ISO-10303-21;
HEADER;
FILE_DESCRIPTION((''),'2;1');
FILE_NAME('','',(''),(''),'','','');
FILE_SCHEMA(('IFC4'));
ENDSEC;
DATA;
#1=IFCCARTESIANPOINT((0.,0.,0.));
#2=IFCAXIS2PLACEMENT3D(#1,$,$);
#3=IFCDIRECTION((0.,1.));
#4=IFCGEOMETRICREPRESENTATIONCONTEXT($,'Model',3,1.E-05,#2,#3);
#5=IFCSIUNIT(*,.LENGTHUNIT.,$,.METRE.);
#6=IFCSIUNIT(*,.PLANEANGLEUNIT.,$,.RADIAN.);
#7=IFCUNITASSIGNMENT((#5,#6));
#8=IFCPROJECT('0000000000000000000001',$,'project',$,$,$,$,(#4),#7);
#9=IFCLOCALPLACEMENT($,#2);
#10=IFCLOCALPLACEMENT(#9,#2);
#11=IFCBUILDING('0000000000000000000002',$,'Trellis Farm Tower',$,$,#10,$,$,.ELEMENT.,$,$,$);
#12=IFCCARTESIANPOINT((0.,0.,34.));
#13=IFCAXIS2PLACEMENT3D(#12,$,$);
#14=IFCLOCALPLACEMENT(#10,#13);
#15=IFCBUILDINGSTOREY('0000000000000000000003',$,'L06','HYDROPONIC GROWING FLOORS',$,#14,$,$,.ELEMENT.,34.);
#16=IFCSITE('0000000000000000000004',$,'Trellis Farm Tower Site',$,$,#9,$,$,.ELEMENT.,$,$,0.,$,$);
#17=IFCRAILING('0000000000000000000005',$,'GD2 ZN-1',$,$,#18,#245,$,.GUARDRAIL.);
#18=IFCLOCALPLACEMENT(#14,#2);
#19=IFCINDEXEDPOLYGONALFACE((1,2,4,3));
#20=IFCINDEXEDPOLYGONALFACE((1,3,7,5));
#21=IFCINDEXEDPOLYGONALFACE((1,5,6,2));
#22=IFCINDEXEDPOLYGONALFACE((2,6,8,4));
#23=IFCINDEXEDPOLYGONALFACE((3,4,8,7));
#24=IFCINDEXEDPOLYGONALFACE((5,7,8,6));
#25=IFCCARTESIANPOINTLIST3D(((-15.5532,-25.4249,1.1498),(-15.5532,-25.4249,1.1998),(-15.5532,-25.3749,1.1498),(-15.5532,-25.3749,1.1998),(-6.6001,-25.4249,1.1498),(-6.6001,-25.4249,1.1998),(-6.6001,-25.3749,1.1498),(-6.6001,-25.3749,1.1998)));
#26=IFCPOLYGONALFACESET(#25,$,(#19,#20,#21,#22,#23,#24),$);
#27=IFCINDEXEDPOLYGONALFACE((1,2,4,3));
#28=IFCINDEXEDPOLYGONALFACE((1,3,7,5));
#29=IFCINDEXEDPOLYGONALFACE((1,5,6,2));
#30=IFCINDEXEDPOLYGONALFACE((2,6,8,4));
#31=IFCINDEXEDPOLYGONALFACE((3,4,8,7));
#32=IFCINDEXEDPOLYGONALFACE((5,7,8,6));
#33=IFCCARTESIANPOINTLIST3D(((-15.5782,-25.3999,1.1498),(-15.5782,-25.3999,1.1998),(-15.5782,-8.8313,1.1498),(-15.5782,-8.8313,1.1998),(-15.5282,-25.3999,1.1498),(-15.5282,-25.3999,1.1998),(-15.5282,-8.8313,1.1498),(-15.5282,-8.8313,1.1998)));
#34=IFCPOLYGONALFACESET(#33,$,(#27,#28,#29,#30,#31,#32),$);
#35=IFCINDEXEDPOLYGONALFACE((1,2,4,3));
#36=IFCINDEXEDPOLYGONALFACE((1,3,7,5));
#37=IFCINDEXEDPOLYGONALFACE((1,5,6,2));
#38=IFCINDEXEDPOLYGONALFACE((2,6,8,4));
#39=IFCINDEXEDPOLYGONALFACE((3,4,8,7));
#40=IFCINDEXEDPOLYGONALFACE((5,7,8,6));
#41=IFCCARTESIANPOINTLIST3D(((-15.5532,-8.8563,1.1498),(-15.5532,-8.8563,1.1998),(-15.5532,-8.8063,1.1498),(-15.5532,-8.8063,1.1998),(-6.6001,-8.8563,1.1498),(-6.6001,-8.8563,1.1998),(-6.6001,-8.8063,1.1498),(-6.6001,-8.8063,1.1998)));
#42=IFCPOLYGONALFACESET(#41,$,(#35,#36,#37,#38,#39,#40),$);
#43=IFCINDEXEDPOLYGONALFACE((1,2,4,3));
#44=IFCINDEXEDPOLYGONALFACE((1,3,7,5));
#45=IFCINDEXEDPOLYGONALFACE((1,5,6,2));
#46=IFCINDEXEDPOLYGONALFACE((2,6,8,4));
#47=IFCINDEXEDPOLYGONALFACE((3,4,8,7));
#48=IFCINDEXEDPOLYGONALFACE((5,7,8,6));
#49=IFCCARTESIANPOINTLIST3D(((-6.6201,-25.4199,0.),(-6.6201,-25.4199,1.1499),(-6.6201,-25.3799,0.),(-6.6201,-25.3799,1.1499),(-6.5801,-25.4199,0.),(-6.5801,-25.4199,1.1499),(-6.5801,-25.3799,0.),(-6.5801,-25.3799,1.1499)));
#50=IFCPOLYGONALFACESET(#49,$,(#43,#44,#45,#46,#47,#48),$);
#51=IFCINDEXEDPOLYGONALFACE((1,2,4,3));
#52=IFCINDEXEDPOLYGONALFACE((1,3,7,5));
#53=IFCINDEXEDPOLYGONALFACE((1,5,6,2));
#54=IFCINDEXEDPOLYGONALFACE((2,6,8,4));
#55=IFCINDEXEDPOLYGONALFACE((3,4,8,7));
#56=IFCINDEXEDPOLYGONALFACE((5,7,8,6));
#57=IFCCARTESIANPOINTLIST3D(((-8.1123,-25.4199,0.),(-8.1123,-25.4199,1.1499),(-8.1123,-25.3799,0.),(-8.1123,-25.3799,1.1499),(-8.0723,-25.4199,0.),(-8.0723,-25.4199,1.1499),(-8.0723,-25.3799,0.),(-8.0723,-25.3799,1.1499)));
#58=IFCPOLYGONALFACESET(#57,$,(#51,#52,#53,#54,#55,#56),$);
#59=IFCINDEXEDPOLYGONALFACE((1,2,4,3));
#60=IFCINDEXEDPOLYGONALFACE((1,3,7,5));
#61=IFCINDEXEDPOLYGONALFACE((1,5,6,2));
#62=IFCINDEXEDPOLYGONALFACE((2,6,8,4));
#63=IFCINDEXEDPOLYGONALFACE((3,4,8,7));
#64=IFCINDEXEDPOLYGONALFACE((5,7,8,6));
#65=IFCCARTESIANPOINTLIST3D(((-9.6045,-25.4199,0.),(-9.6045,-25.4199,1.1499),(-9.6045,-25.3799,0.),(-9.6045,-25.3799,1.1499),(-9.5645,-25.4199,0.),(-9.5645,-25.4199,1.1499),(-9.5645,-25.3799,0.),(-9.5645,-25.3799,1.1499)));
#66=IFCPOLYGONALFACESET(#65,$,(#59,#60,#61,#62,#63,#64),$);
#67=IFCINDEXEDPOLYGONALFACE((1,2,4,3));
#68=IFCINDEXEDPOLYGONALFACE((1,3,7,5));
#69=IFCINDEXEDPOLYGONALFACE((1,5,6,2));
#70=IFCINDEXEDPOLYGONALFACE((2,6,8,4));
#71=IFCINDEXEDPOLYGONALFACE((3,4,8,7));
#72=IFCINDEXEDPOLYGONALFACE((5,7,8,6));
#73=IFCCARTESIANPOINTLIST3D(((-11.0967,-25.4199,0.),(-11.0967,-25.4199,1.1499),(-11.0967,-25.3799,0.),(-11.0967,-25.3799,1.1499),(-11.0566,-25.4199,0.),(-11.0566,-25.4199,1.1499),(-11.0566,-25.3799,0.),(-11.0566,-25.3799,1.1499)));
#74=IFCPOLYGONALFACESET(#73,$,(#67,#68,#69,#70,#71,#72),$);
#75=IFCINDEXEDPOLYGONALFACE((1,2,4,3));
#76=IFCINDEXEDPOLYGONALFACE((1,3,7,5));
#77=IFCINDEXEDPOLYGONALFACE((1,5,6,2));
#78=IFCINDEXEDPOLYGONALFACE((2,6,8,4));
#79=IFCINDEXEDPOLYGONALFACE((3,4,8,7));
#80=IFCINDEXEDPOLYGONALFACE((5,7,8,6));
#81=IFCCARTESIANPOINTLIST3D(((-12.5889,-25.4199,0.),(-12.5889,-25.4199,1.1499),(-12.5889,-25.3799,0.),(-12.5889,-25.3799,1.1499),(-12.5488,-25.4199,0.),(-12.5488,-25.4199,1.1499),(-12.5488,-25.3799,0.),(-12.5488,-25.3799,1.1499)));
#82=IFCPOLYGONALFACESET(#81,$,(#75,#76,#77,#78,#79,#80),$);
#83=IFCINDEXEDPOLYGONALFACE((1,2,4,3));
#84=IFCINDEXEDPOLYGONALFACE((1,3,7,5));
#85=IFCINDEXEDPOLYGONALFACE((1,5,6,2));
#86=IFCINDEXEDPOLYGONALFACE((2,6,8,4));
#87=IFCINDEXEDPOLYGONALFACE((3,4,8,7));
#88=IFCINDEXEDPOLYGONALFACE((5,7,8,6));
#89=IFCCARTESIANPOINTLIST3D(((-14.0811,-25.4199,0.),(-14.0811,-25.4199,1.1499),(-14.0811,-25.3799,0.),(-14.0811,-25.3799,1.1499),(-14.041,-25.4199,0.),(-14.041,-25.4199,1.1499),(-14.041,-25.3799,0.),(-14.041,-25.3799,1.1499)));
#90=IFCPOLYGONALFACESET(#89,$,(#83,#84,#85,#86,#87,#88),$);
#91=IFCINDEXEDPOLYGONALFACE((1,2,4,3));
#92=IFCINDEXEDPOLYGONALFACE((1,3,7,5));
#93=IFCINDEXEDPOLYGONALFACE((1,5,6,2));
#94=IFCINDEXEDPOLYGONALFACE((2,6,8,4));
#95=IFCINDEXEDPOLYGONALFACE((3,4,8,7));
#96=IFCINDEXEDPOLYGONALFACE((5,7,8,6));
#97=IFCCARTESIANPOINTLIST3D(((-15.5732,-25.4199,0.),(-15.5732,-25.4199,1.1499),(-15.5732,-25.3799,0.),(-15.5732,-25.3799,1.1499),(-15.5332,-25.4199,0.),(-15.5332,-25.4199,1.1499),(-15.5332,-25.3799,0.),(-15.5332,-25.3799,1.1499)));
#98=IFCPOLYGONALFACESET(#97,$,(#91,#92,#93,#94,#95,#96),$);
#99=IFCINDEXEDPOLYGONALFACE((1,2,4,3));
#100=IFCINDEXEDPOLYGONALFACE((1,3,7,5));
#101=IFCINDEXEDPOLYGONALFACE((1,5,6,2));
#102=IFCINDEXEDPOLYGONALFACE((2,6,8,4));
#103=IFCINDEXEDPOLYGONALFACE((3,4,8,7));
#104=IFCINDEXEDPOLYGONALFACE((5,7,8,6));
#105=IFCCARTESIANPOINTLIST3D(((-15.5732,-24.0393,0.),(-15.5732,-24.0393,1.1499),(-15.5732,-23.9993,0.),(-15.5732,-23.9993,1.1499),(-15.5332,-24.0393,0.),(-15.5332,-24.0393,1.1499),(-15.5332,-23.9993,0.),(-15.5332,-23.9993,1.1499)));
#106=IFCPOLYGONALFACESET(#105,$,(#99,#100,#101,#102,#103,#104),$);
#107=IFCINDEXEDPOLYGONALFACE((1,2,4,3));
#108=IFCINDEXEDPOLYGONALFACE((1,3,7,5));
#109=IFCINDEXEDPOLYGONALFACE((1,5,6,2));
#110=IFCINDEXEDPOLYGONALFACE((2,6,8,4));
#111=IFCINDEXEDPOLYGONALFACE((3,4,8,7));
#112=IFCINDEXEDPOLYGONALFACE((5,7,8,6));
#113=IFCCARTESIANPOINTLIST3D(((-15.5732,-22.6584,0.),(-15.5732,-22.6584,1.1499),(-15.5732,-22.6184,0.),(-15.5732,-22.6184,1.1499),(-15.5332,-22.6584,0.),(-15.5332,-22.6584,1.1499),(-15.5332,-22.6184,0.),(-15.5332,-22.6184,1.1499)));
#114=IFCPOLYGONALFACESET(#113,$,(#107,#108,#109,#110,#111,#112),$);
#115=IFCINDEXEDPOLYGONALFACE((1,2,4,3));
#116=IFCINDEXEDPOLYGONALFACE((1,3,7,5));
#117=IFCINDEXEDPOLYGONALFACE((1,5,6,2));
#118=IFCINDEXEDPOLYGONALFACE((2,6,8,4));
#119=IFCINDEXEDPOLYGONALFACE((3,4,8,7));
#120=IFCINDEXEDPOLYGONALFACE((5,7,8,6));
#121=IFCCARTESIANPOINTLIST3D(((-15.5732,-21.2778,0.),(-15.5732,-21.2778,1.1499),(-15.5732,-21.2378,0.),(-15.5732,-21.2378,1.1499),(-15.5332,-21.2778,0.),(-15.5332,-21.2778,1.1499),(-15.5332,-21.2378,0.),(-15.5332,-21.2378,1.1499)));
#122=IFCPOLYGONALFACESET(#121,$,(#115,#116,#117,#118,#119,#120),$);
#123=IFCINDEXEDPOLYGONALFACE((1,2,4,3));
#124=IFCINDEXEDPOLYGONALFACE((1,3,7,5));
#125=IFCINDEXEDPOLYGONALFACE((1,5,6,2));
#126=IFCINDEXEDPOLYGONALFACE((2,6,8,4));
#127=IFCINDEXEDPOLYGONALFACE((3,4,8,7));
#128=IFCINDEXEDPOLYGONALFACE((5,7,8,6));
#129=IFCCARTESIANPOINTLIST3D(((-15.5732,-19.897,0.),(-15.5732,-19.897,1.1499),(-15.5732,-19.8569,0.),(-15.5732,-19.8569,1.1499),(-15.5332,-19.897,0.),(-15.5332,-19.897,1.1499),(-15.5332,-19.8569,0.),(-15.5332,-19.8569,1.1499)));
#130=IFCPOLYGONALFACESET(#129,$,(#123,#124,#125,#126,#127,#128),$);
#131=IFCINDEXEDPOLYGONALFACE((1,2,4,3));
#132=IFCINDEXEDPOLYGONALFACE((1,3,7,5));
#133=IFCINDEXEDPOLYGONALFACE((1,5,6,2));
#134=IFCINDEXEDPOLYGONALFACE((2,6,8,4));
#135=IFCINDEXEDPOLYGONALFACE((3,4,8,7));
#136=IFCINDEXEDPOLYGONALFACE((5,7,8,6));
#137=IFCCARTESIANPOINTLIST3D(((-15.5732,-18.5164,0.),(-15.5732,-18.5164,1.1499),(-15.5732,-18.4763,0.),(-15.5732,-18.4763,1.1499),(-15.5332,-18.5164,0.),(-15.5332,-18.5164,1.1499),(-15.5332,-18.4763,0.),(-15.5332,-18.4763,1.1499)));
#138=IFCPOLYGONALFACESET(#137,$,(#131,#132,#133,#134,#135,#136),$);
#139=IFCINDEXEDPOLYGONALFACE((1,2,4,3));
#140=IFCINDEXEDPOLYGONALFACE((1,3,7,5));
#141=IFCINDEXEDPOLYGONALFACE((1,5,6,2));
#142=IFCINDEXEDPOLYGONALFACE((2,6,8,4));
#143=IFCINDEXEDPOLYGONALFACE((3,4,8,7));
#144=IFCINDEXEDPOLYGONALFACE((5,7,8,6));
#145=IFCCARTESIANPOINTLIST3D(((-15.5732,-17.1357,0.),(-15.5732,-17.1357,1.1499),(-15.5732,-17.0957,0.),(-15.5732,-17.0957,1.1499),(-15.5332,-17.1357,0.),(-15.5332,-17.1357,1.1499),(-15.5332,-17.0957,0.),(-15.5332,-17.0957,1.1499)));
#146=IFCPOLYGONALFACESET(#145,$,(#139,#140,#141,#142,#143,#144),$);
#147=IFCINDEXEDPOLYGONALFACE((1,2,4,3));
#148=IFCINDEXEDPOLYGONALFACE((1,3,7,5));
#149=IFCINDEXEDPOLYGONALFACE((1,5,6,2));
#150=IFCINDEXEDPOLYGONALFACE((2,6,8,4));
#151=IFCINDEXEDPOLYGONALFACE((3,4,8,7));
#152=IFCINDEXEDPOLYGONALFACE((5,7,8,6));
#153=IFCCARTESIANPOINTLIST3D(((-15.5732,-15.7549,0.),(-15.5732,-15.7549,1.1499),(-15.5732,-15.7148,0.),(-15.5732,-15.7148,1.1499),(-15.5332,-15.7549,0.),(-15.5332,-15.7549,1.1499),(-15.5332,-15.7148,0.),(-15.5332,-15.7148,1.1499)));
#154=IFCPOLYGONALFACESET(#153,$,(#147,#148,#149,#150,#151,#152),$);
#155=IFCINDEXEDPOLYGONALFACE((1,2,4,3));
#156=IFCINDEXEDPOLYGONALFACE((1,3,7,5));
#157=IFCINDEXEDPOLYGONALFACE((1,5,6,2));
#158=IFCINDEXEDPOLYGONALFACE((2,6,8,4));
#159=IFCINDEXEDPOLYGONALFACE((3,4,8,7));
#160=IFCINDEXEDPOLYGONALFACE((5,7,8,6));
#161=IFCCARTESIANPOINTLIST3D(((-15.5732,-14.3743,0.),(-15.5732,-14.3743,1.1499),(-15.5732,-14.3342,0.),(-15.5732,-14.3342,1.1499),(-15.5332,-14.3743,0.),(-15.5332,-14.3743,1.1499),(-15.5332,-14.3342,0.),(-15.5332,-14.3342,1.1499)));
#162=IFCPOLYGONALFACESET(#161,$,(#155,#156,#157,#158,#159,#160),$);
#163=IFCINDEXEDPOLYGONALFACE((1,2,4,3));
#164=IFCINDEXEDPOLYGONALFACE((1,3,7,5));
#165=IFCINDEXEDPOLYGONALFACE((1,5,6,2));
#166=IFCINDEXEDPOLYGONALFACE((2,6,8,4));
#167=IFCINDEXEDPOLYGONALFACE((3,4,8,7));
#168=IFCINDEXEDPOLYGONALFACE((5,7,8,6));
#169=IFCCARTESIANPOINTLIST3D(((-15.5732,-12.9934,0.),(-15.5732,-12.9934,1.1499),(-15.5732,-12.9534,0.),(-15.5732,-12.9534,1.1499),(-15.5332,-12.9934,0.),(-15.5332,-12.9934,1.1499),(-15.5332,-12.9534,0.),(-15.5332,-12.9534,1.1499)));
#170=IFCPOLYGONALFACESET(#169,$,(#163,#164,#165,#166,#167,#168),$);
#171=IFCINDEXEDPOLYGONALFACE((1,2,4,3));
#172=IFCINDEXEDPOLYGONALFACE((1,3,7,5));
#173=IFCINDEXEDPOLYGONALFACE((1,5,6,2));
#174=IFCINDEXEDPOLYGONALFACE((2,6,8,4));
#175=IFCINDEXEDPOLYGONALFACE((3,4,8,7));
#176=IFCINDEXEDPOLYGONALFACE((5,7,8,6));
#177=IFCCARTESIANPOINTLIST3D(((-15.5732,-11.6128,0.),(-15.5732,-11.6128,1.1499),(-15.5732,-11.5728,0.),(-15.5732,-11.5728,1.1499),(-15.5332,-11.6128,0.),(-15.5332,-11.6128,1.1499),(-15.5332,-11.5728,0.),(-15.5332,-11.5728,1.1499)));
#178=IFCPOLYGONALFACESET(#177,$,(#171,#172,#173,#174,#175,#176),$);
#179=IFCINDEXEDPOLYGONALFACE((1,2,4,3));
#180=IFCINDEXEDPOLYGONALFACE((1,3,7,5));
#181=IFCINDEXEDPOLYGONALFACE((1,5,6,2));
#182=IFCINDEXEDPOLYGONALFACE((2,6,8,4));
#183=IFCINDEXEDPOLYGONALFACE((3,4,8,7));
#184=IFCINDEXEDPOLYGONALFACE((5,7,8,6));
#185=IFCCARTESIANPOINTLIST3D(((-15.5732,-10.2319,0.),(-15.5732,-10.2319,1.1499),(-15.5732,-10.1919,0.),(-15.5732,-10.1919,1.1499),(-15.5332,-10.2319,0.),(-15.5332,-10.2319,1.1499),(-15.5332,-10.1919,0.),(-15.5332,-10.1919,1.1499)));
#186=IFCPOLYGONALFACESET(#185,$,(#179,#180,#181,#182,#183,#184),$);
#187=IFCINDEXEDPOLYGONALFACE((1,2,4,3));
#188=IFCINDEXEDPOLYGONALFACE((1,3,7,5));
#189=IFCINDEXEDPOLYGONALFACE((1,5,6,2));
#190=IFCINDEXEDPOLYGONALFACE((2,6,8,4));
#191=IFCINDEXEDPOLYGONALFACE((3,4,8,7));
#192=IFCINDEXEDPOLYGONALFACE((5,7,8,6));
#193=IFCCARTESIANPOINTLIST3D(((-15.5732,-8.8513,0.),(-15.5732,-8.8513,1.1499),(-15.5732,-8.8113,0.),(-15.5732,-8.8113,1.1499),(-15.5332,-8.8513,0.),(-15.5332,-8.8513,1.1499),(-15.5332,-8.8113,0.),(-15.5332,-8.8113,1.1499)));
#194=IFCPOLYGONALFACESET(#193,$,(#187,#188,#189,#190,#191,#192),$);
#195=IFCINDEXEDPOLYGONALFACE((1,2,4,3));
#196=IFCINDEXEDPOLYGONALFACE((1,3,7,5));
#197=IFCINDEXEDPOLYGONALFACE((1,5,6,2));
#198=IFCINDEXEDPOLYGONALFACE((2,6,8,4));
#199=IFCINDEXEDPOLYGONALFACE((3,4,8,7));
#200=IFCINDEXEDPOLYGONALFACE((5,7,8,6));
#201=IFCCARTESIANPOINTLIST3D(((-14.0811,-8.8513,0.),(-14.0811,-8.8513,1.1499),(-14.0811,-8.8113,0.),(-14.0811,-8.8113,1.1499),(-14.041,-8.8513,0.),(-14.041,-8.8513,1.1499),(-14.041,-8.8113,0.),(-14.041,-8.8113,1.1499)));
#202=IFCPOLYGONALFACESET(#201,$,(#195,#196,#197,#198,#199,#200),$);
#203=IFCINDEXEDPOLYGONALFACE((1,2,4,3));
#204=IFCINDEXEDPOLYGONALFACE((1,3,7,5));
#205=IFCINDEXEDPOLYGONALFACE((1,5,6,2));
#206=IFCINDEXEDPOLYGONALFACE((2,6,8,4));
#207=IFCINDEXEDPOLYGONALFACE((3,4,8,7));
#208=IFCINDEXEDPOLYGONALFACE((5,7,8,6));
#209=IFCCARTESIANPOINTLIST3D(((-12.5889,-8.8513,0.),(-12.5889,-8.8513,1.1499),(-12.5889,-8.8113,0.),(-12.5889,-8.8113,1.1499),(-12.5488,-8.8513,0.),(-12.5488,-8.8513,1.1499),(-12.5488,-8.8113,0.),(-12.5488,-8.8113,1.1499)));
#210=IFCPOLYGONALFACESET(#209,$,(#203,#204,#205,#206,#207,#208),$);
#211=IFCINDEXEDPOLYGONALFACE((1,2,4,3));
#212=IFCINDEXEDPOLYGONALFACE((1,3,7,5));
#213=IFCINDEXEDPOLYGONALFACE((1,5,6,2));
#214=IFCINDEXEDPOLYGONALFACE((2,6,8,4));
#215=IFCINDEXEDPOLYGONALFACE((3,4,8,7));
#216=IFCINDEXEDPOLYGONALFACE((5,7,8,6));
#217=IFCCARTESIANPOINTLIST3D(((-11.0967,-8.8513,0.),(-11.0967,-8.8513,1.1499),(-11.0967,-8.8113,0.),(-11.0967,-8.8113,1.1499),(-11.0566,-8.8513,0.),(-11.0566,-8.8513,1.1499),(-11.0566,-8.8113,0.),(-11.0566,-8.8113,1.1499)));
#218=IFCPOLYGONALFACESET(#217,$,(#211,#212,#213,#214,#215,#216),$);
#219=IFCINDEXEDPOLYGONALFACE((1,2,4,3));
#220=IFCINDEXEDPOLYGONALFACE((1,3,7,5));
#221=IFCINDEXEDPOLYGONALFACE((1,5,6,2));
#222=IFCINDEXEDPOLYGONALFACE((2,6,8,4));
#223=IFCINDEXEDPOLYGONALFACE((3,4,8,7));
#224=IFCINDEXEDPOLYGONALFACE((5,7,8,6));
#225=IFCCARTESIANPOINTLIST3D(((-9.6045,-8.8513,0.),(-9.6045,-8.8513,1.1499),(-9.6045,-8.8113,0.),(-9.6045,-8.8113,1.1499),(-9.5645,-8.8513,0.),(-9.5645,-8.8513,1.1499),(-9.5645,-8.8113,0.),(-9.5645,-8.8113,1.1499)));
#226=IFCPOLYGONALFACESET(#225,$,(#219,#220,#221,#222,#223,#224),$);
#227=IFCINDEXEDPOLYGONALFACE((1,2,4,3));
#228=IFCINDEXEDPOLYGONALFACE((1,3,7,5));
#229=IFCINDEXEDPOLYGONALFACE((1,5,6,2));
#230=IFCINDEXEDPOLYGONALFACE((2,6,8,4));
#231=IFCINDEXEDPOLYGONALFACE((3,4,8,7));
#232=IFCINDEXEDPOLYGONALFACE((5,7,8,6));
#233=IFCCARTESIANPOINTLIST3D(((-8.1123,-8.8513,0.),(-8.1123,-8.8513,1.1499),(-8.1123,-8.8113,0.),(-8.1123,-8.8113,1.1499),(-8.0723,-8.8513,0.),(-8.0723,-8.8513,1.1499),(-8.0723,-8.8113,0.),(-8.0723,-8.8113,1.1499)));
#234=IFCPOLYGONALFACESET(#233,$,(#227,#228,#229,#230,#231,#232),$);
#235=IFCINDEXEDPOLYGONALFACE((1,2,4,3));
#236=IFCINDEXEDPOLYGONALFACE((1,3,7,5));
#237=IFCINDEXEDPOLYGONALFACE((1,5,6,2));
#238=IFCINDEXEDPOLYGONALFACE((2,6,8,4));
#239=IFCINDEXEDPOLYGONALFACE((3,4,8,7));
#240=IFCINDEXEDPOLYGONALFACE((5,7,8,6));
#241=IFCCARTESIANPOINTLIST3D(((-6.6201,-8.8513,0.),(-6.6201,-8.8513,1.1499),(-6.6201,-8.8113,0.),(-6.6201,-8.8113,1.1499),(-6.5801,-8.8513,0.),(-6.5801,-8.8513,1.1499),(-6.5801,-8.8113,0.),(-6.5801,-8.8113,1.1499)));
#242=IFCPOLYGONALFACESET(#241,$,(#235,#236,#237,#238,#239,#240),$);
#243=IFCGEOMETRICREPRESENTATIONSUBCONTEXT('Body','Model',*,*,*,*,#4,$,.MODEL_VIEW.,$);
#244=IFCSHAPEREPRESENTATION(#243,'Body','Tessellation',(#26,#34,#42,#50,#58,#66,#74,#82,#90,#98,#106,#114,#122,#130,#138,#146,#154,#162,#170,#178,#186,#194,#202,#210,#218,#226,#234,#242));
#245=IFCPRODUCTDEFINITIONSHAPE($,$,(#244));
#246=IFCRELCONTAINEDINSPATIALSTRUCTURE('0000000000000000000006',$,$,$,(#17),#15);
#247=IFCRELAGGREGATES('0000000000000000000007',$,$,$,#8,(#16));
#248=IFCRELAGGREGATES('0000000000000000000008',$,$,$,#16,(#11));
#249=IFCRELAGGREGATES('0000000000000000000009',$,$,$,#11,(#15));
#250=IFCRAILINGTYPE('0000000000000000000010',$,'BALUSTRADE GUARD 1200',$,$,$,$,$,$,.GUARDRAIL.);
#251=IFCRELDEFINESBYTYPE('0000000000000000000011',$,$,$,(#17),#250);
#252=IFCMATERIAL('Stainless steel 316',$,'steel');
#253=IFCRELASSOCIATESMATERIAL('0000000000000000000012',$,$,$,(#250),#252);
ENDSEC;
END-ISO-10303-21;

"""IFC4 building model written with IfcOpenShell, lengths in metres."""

from ifc_helpers import new_model, si_unit, direction, frame, origin, origin_2d, place, context, subcontext, project, spatial, rectangle, extrude, material, type_object, element, save


model = new_model("IFC4")

# Units and contexts
model_context = context("Model", 3, precision=1e-05, world=origin(), true_north=direction((0.0, 1.0)))
body_context = subcontext(model_context, "Body", "Model", "MODEL_VIEW")
ifc_project = project(units=[si_unit("LENGTHUNIT", "METRE"), si_unit("PLANEANGLEUNIT", "RADIAN")], contexts=[model_context])

# Site, building, storey
site_placement = place(None, origin())
site = spatial("IfcSite", under=ifc_project, at=site_placement, Name="Trellis Farm Tower Site", CompositionType="ELEMENT", RefElevation=0.0)
building_placement = place(site_placement, origin())
building = spatial("IfcBuilding", under=site, at=building_placement, Name="Trellis Farm Tower", CompositionType="ELEMENT")
storey_placement = place(building_placement, frame((0.0, 0.0, 34.0)))
storey = spatial("IfcBuildingStorey", under=building, at=storey_placement, Name="L06", Description="HYDROPONIC GROWING FLOORS", CompositionType="ELEMENT", Elevation=34.0)

# Railing
ifc_material_1 = material(Name="Stainless steel 316", Category="steel")
railing_type_1 = type_object("IfcRailingType", Name="BALUSTRADE GUARD 1200", PredefinedType="GUARDRAIL", material=ifc_material_1)
railing_1_placement = place(storey_placement, frame((-6.6001, -25.3999, 0.0)))
element("IfcRailing", 1, at=railing_1_placement, inside=storey, type_object=railing_type_1, Name="GD2 ZN-1", PredefinedType="GUARDRAIL", context=body_context, shape_type="SweptSolid", body=[
    extrude(rectangle(XDim=0.05, YDim=0.05, at=origin_2d()), frame((0.0, 0.0, 1.1748), z_axis=(-1.0, 0.0, 0.0), x_axis=(0.0, -1.0, 0.0)), (0.0, 0.0, 1.0), 8.9531),
    extrude(rectangle(XDim=0.05, YDim=0.05, at=origin_2d()), frame((-8.9531, 0.0, 1.1748), z_axis=(0.0, 1.0, 0.0), x_axis=(-1.0, 0.0, 0.0)), (0.0, 0.0, 1.0), 16.5686),
    extrude(rectangle(XDim=0.05, YDim=0.05, at=origin_2d()), frame((-8.9531, 16.5686, 1.1748), z_axis=(1.0, 0.0, 0.0), x_axis=(0.0, 1.0, 0.0)), (0.0, 0.0, 1.0), 8.9531),
    extrude(rectangle(XDim=0.04, YDim=0.04, at=origin_2d()), origin(), (0.0, 0.0, 1.0), 1.1499),
    extrude(rectangle(XDim=0.04, YDim=0.04, at=origin_2d()), frame((-1.4922, 0.0, 0.0)), (0.0, 0.0, 1.0), 1.1499),
    extrude(rectangle(XDim=0.04, YDim=0.04, at=origin_2d()), frame((-2.9844, 0.0, 0.0)), (0.0, 0.0, 1.0), 1.1499),
    extrude(rectangle(XDim=0.04, YDim=0.04, at=origin_2d()), frame((-4.4766, 0.0, 0.0)), (0.0, 0.0, 1.0), 1.1499),
    extrude(rectangle(XDim=0.04, YDim=0.04, at=origin_2d()), frame((-5.9688, 0.0, 0.0)), (0.0, 0.0, 1.0), 1.1499),
    extrude(rectangle(XDim=0.04, YDim=0.04, at=origin_2d()), frame((-7.4609, 0.0, 0.0)), (0.0, 0.0, 1.0), 1.1499),
    extrude(rectangle(XDim=0.04, YDim=0.04, at=origin_2d()), frame((-8.9531, 0.0, 0.0)), (0.0, 0.0, 1.0), 1.1499),
    extrude(rectangle(XDim=0.04, YDim=0.04, at=origin_2d()), frame((-8.9531, 1.3806, 0.0)), (0.0, 0.0, 1.0), 1.1499),
    extrude(rectangle(XDim=0.04, YDim=0.04, at=origin_2d()), frame((-8.9531, 2.7615, 0.0)), (0.0, 0.0, 1.0), 1.1499),
    extrude(rectangle(XDim=0.04, YDim=0.04, at=origin_2d()), frame((-8.9531, 4.1421, 0.0)), (0.0, 0.0, 1.0), 1.1499),
    extrude(rectangle(XDim=0.04, YDim=0.04, at=origin_2d()), frame((-8.9531, 5.5229, 0.0)), (0.0, 0.0, 1.0), 1.1499),
    extrude(rectangle(XDim=0.04, YDim=0.04, at=origin_2d()), frame((-8.9531, 6.9036, 0.0)), (0.0, 0.0, 1.0), 1.1499),
    extrude(rectangle(XDim=0.04, YDim=0.04, at=origin_2d()), frame((-8.9531, 8.2842, 0.0)), (0.0, 0.0, 1.0), 1.1499),
    extrude(rectangle(XDim=0.04, YDim=0.04, at=origin_2d()), frame((-8.9531, 9.665, 0.0)), (0.0, 0.0, 1.0), 1.1499),
    extrude(rectangle(XDim=0.04, YDim=0.04, at=origin_2d()), frame((-8.9531, 11.0457, 0.0)), (0.0, 0.0, 1.0), 1.1499),
    extrude(rectangle(XDim=0.04, YDim=0.04, at=origin_2d()), frame((-8.9531, 12.4265, 0.0)), (0.0, 0.0, 1.0), 1.1499),
    extrude(rectangle(XDim=0.04, YDim=0.04, at=origin_2d()), frame((-8.9531, 13.8071, 0.0)), (0.0, 0.0, 1.0), 1.1499),
    extrude(rectangle(XDim=0.04, YDim=0.04, at=origin_2d()), frame((-8.9531, 15.188, 0.0)), (0.0, 0.0, 1.0), 1.1499),
    extrude(rectangle(XDim=0.04, YDim=0.04, at=origin_2d()), frame((-8.9531, 16.5686, 0.0)), (0.0, 0.0, 1.0), 1.1499),
    extrude(rectangle(XDim=0.04, YDim=0.04, at=origin_2d()), frame((-7.4609, 16.5686, 0.0)), (0.0, 0.0, 1.0), 1.1499),
    extrude(rectangle(XDim=0.04, YDim=0.04, at=origin_2d()), frame((-5.9688, 16.5686, 0.0)), (0.0, 0.0, 1.0), 1.1499),
    extrude(rectangle(XDim=0.04, YDim=0.04, at=origin_2d()), frame((-4.4766, 16.5686, 0.0)), (0.0, 0.0, 1.0), 1.1499),
    extrude(rectangle(XDim=0.04, YDim=0.04, at=origin_2d()), frame((-2.9844, 16.5686, 0.0)), (0.0, 0.0, 1.0), 1.1499),
    extrude(rectangle(XDim=0.04, YDim=0.04, at=origin_2d()), frame((-1.4922, 16.5686, 0.0)), (0.0, 0.0, 1.0), 1.1499),
    extrude(rectangle(XDim=0.04, YDim=0.04, at=origin_2d()), frame((0.0, 16.5686, 0.0)), (0.0, 0.0, 1.0), 1.1499),
])

save(model, "model.ifc")
